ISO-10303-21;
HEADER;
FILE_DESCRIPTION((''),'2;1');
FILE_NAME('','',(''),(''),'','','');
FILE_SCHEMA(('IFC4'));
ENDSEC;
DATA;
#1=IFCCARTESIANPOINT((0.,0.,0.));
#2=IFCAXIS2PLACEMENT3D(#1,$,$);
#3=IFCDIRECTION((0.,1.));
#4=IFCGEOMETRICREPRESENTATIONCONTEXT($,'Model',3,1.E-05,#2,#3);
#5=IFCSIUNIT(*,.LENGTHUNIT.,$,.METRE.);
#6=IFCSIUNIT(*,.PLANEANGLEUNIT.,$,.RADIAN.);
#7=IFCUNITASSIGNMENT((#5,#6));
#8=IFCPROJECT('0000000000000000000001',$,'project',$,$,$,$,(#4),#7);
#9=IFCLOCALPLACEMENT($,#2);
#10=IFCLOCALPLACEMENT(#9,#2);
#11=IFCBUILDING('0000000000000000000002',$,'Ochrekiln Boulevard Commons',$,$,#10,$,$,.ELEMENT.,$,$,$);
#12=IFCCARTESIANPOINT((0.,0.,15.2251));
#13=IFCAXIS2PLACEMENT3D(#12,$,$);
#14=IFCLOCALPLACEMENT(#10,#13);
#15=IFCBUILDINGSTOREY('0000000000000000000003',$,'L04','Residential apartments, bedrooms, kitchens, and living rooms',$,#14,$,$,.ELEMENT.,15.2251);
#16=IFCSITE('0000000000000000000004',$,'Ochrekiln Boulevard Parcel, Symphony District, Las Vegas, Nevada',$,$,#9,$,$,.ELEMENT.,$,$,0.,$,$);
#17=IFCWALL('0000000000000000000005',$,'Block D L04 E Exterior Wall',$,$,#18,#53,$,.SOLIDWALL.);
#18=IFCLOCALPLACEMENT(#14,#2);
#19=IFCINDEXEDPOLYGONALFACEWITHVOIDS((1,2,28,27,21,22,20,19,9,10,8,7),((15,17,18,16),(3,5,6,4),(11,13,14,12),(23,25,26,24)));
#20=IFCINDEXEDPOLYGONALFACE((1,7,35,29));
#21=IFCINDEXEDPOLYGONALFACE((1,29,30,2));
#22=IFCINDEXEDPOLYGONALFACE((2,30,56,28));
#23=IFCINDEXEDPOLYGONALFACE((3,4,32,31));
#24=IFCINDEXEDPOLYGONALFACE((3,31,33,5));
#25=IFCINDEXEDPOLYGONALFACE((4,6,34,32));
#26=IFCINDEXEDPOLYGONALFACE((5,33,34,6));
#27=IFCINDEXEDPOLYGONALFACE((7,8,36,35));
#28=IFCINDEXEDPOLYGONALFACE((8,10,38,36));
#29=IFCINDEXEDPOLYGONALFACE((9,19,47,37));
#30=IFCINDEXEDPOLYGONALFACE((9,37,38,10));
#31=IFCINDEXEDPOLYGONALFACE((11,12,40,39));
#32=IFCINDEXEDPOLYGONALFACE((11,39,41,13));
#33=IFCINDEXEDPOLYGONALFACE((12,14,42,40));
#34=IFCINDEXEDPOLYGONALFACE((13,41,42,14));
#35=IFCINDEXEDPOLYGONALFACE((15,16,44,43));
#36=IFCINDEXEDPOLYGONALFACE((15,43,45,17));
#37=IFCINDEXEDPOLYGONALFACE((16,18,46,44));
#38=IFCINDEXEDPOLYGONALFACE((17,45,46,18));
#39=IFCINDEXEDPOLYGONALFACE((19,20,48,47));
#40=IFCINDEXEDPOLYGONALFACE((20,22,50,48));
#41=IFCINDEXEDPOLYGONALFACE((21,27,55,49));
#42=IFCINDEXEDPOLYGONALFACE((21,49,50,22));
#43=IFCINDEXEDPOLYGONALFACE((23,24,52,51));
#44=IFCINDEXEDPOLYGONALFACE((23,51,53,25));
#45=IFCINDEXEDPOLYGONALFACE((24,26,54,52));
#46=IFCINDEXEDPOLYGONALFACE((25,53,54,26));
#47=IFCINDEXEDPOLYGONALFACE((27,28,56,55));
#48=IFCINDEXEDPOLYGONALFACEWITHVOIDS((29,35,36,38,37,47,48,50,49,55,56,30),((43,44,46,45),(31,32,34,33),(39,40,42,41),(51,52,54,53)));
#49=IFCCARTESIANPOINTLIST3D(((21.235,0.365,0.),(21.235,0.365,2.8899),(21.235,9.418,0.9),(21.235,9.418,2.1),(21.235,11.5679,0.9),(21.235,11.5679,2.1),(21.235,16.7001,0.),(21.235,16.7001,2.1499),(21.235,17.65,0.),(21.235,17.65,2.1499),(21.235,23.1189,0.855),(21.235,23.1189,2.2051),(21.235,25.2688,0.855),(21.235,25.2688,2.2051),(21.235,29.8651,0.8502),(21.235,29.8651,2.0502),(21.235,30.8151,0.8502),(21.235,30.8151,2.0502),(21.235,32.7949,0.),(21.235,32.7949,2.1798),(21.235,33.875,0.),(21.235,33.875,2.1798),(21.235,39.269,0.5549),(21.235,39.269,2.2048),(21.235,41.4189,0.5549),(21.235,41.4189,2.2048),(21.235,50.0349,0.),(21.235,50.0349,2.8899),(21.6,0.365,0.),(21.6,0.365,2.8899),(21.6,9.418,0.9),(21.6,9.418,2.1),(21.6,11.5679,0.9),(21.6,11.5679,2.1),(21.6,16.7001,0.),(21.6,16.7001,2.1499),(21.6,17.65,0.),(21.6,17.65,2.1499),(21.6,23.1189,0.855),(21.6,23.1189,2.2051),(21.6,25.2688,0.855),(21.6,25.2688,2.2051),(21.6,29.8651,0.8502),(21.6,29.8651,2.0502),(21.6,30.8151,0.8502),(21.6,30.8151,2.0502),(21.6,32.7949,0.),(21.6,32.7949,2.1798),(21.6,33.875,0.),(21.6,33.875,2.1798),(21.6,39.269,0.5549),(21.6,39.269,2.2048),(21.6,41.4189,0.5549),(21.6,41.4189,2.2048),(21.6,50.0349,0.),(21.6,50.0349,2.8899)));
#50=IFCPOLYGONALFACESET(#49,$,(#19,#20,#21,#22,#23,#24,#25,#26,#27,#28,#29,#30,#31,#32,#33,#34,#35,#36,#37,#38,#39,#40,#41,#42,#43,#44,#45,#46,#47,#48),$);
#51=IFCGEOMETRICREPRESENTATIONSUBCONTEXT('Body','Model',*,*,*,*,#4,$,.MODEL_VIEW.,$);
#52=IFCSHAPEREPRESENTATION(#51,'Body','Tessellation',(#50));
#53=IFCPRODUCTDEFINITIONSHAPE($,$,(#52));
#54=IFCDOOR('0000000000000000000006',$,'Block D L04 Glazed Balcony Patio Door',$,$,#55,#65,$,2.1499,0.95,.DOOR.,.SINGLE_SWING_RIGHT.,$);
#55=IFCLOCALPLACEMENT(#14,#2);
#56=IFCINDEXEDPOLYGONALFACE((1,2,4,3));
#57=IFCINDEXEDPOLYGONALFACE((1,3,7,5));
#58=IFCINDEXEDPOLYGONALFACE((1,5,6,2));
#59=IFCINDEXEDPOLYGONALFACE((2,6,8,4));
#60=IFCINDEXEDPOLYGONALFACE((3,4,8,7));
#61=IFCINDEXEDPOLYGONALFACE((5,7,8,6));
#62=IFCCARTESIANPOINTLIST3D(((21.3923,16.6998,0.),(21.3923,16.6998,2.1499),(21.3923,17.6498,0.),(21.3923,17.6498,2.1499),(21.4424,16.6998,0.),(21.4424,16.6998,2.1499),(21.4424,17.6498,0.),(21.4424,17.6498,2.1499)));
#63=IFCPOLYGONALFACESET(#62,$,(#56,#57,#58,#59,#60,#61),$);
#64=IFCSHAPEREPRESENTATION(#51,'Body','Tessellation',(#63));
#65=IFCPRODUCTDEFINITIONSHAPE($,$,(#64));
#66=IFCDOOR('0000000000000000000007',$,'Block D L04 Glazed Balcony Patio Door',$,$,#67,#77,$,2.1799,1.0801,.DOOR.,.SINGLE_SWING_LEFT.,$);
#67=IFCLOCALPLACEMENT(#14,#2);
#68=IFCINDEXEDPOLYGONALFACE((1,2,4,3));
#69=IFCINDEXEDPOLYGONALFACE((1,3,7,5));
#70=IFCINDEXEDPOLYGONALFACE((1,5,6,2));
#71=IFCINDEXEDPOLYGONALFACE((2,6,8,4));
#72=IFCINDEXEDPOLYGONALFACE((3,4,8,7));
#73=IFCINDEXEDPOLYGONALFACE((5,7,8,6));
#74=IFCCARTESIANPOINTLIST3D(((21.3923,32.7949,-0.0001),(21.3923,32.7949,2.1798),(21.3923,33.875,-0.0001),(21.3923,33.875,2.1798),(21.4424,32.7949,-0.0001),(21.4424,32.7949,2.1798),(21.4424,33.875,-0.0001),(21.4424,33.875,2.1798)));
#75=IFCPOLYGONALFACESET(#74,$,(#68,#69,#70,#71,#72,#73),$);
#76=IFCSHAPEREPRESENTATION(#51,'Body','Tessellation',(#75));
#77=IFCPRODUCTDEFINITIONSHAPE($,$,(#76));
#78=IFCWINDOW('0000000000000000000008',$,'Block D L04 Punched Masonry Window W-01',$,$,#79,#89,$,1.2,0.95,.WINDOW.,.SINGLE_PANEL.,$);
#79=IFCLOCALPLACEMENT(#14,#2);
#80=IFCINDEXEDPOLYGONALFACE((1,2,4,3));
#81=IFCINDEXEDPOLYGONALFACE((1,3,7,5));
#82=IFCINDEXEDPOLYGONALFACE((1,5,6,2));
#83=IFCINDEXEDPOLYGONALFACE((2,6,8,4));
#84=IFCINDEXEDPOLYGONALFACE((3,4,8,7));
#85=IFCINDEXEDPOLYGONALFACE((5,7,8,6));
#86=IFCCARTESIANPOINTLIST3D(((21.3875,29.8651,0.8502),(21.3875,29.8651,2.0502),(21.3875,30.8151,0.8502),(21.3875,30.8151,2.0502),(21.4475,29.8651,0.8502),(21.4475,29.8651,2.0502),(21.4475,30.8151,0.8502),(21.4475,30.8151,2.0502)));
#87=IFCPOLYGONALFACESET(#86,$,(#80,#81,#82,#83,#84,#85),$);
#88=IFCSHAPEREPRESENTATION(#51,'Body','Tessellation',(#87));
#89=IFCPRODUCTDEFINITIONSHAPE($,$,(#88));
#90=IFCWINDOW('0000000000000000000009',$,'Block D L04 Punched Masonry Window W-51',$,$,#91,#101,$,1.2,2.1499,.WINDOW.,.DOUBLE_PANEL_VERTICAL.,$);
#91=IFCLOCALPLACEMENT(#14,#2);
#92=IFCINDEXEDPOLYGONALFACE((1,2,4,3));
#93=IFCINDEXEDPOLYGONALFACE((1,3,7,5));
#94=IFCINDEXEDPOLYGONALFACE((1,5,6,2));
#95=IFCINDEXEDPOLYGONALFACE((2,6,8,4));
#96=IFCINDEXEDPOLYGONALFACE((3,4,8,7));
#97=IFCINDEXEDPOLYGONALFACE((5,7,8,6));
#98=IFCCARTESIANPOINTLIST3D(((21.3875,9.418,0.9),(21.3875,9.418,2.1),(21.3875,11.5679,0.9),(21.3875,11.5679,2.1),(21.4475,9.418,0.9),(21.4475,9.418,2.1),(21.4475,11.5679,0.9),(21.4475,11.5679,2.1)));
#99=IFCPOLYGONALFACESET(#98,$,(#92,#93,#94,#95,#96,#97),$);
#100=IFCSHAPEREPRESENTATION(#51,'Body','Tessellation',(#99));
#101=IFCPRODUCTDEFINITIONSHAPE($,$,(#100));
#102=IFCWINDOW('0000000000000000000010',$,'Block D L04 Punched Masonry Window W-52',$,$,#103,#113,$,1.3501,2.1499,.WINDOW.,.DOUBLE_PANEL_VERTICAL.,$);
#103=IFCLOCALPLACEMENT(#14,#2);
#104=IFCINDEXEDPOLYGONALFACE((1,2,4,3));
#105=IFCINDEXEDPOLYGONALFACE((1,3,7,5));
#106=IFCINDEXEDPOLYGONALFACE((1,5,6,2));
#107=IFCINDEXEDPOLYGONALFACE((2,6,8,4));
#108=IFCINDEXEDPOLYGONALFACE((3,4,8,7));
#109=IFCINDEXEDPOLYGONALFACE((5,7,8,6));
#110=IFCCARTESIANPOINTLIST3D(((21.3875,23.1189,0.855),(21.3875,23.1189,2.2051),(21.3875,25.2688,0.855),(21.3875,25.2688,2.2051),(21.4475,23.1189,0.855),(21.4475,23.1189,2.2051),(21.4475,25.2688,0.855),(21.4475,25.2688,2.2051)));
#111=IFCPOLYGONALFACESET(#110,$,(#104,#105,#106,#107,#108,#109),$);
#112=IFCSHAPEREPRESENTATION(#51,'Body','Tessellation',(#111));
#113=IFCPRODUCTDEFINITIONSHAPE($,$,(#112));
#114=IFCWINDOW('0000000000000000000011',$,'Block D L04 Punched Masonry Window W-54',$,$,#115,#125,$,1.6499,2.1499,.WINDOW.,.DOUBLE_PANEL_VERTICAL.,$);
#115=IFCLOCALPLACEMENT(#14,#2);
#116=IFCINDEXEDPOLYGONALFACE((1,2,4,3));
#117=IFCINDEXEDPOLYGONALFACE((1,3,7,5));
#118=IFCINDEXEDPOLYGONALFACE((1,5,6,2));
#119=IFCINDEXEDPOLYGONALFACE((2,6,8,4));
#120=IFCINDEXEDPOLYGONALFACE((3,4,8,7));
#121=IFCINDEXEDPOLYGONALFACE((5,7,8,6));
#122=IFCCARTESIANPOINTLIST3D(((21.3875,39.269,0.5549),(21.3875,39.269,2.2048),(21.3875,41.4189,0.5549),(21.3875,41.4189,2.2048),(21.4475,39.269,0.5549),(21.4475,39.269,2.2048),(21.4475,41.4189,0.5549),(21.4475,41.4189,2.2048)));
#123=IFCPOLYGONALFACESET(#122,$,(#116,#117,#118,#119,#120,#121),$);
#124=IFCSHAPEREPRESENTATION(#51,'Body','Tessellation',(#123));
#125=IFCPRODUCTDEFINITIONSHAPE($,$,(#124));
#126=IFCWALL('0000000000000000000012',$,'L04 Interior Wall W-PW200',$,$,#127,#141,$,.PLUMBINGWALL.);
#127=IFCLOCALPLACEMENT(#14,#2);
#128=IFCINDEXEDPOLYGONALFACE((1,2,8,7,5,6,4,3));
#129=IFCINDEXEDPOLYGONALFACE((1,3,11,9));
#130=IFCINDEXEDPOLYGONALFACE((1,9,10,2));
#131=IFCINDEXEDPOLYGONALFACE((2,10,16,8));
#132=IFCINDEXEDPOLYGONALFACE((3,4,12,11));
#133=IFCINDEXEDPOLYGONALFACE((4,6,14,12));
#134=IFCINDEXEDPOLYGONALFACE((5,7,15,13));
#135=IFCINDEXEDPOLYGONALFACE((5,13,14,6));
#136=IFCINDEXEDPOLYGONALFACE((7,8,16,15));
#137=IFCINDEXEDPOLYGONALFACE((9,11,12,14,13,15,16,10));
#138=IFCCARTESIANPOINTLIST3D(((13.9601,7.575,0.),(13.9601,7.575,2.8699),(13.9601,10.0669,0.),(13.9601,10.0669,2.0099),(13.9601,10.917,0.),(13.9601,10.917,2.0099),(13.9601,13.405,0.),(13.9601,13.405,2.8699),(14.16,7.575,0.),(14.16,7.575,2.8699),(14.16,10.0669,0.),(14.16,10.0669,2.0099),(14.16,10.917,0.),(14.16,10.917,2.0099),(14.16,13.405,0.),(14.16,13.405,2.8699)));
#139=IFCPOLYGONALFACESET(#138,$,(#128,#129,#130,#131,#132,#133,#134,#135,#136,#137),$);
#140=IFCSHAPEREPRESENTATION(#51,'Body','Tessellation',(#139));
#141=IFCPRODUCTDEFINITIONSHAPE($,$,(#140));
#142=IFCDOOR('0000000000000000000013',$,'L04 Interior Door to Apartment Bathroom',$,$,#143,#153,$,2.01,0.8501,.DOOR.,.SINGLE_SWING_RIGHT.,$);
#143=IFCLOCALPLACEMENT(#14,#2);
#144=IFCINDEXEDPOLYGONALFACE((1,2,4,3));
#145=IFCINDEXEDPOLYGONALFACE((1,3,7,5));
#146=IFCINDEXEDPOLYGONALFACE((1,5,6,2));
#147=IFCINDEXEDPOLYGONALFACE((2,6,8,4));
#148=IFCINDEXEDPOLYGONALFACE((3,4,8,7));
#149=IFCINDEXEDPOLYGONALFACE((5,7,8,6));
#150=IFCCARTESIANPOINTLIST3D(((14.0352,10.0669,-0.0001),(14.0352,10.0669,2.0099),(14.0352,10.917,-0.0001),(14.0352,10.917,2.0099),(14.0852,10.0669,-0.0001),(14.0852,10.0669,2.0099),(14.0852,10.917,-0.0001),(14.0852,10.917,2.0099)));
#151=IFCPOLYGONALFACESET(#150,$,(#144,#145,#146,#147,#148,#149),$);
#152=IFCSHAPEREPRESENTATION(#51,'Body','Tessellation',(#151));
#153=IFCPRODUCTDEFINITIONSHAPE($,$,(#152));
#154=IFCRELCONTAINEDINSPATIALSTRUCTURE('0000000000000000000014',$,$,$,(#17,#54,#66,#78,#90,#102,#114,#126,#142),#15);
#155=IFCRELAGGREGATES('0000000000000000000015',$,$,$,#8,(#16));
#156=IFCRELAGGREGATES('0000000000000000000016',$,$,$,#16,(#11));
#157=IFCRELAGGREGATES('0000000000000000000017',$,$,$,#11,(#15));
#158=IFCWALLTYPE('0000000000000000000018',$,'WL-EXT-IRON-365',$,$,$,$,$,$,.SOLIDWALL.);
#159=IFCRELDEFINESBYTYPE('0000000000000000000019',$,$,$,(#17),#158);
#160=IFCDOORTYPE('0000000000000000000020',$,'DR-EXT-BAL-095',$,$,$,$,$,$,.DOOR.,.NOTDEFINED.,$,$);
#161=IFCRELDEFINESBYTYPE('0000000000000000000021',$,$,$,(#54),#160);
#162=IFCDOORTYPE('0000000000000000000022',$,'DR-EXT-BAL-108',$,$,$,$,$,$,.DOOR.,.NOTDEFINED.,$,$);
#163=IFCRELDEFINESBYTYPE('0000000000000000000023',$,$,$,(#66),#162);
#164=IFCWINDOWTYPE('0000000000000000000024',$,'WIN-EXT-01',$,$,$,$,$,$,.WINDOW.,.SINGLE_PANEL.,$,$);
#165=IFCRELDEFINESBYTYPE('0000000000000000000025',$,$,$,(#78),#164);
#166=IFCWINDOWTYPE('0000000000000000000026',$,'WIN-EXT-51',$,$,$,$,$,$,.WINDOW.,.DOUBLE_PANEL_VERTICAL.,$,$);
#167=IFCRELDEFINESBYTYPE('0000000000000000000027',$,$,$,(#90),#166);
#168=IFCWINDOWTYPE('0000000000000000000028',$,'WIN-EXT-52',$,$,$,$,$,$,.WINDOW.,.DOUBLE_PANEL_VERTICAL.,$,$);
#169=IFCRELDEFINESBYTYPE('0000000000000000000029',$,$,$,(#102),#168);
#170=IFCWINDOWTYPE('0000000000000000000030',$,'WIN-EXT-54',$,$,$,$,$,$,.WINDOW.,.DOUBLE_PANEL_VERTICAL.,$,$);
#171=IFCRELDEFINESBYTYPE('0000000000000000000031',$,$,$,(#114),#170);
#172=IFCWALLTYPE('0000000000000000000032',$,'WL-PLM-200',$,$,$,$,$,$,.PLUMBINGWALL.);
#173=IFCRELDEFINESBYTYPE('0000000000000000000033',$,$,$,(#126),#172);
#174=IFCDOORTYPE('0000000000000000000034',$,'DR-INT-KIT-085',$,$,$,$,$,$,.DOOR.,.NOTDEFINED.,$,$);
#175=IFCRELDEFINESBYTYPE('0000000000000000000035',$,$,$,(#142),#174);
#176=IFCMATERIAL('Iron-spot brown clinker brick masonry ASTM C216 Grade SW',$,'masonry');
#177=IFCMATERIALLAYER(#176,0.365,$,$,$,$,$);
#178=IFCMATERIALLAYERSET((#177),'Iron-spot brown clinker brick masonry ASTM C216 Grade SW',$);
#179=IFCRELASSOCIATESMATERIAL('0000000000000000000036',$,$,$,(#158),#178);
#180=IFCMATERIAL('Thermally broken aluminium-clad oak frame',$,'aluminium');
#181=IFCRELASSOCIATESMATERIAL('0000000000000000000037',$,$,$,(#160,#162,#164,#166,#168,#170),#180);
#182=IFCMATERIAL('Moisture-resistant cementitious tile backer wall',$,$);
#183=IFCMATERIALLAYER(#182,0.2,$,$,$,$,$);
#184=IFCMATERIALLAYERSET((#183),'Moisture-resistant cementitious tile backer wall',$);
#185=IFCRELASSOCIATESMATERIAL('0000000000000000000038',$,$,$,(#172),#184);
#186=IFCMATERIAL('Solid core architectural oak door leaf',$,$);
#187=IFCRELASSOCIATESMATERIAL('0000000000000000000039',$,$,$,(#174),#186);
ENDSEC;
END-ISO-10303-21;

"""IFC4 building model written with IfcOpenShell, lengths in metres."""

from ifc_helpers import new_model, si_unit, direction, frame, frame_2d, origin, place, context, subcontext, project, spatial, rectangle, extrude, material, layer, layer_set, type_object, element, fill, save


model = new_model("IFC4")

# Units and contexts
model_context = context("Model", 3, precision=1e-05, world=origin(), true_north=direction((0.0, 1.0)))
body_context = subcontext(model_context, "Body", "Model", "MODEL_VIEW")
ifc_project = project(units=[si_unit("LENGTHUNIT", "METRE"), si_unit("PLANEANGLEUNIT", "RADIAN")], contexts=[model_context])

# Site, building, storey
site_placement = place(None, origin())
site = spatial("IfcSite", under=ifc_project, at=site_placement, Name="Ochrekiln Boulevard Parcel, Symphony District, Las Vegas, Nevada", CompositionType="ELEMENT", RefElevation=0.0)
building_placement = place(site_placement, origin())
building = spatial("IfcBuilding", under=site, at=building_placement, Name="Ochrekiln Boulevard Commons", CompositionType="ELEMENT")
storey_placement = place(building_placement, frame((0.0, 0.0, 15.2251)))
storey = spatial("IfcBuildingStorey", under=building, at=storey_placement, Name="L04", Description="Residential apartments, bedrooms, kitchens, and living rooms", CompositionType="ELEMENT", Elevation=15.2251)

# Wall, openings, doors, windows
ifc_material_1 = material(Name="Iron-spot brown clinker brick masonry ASTM C216 Grade SW", Category="masonry")
ifc_layer_1 = layer(ifc_material_1, 0.365)
ifc_layer_set_1 = layer_set([ifc_layer_1], Name="Iron-spot brown clinker brick masonry ASTM C216 Grade SW")
wall_type_1 = type_object("IfcWallType", Name="WL-EXT-IRON-365", PredefinedType="SOLIDWALL", material=ifc_layer_set_1)
wall_1_placement = place(storey_placement, frame((21.4175, 0.365, 0.0), z_axis=(0.0, 0.0, 1.0), x_axis=(0.0, 1.0, 0.0)))
wall_1 = element("IfcWall", 1, at=wall_1_placement, inside=storey, type_object=wall_type_1, Name="Block D L04 E Exterior Wall", PredefinedType="SOLIDWALL", context=body_context, shape_type="SweptSolid", body=[
    extrude(rectangle(XDim=49.6699, YDim=0.365, at=frame_2d((24.835, 0.0))), origin(), (0.0, 0.0, 1.0), 2.8899),
])
opening_1_placement = place(wall_1_placement, frame((16.335, 0.0, 0.0)))
opening_1 = element("IfcOpeningElement", 2, at=opening_1_placement, cuts=wall_1, PredefinedType="OPENING", context=body_context, shape_type="SweptSolid", body=[
    extrude(rectangle(XDim=0.95, YDim=2.1499, at=frame_2d((0.4751, 1.075))), frame((0.0, 0.1924, 0.0), z_axis=(0.0, -1.0, 0.0), x_axis=(1.0, 0.0, 0.0)), (0.0, 0.0, 1.0), 0.385),
])
opening_2_placement = place(wall_1_placement, frame((9.053, 0.0, 0.8999)))
opening_2 = element("IfcOpeningElement", 3, at=opening_2_placement, cuts=wall_1, PredefinedType="OPENING", context=body_context, shape_type="SweptSolid", body=[
    extrude(rectangle(XDim=2.1499, YDim=1.2, at=frame_2d((1.075, 0.6001))), frame((0.0, 0.1924, 0.0), z_axis=(0.0, -1.0, 0.0), x_axis=(1.0, 0.0, 0.0)), (0.0, 0.0, 1.0), 0.385),
])
opening_3_placement = place(wall_1_placement, frame((22.7539, 0.0, 0.855)))
opening_3 = element("IfcOpeningElement", 4, at=opening_3_placement, cuts=wall_1, PredefinedType="OPENING", context=body_context, shape_type="SweptSolid", body=[
    extrude(rectangle(XDim=2.1499, YDim=1.3501, at=frame_2d((1.075, 0.675))), frame((0.0, 0.1924, 0.0), z_axis=(0.0, -1.0, 0.0), x_axis=(1.0, 0.0, 0.0)), (0.0, 0.0, 1.0), 0.385),
])
opening_4_placement = place(wall_1_placement, frame((32.4299, 0.0, 0.0)))
opening_4 = element("IfcOpeningElement", 5, at=opening_4_placement, cuts=wall_1, PredefinedType="OPENING", context=body_context, shape_type="SweptSolid", body=[
    extrude(rectangle(XDim=1.0801, YDim=2.1799, at=frame_2d((0.54, 1.0898))), frame((0.0, 0.1924, 0.0), z_axis=(0.0, -1.0, 0.0), x_axis=(1.0, 0.0, 0.0)), (0.0, 0.0, 1.0), 0.385),
])
opening_5_placement = place(wall_1_placement, frame((29.5, 0.0, 0.8501)))
opening_5 = element("IfcOpeningElement", 6, at=opening_5_placement, cuts=wall_1, PredefinedType="OPENING", context=body_context, shape_type="SweptSolid", body=[
    extrude(rectangle(XDim=0.95, YDim=1.2, at=frame_2d((0.4751, 0.6001))), frame((0.0, 0.1924, 0.0), z_axis=(0.0, -1.0, 0.0), x_axis=(1.0, 0.0, 0.0)), (0.0, 0.0, 1.0), 0.385),
])
opening_6_placement = place(wall_1_placement, frame((38.9041, 0.0, 0.5549)))
opening_6 = element("IfcOpeningElement", 7, at=opening_6_placement, cuts=wall_1, PredefinedType="OPENING", context=body_context, shape_type="SweptSolid", body=[
    extrude(rectangle(XDim=2.1499, YDim=1.6499, at=frame_2d((1.075, 0.825))), frame((0.0, 0.1924, 0.0), z_axis=(0.0, -1.0, 0.0), x_axis=(1.0, 0.0, 0.0)), (0.0, 0.0, 1.0), 0.385),
])
ifc_material_2 = material(Name="Thermally broken aluminium-clad oak frame", Category="aluminium")
door_type_1 = type_object("IfcDoorType", Name="DR-EXT-BAL-095", OperationType="NOTDEFINED", PredefinedType="DOOR", material=ifc_material_2)
door_1_placement = place(opening_1_placement, frame((0.95, 0.0, 0.0), z_axis=(0.0, 0.0, 1.0), x_axis=(-1.0, 0.0, 0.0)))
door_1 = element("IfcDoor", 8, at=door_1_placement, inside=storey, type_object=door_type_1, Name="Block D L04 Glazed Balcony Patio Door", OperationType="SINGLE_SWING_RIGHT", OverallHeight=2.1499, OverallWidth=0.95, PredefinedType="DOOR", context=body_context, shape_type="SweptSolid", body=[
    extrude(rectangle(XDim=0.95, YDim=2.1499, at=frame_2d((0.4751, 1.075))), frame((0.0, 0.0249, 0.0), z_axis=(0.0, -1.0, 0.0), x_axis=(1.0, 0.0, 0.0)), (0.0, 0.0, 1.0), 0.05),
])
fill(opening_1, door_1)
door_type_2 = type_object("IfcDoorType", Name="DR-EXT-BAL-108", OperationType="NOTDEFINED", PredefinedType="DOOR", material=ifc_material_2)
door_2_placement = place(opening_4_placement, frame((1.0801, 0.0, 0.0), z_axis=(0.0, 0.0, 1.0), x_axis=(-1.0, 0.0, 0.0)))
door_2 = element("IfcDoor", 9, at=door_2_placement, inside=storey, type_object=door_type_2, Name="Block D L04 Glazed Balcony Patio Door", OperationType="SINGLE_SWING_LEFT", OverallHeight=2.1799, OverallWidth=1.0801, PredefinedType="DOOR", context=body_context, shape_type="SweptSolid", body=[
    extrude(rectangle(XDim=1.0801, YDim=2.1799, at=frame_2d((0.54, 1.0898))), frame((0.0, 0.0249, 0.0), z_axis=(0.0, -1.0, 0.0), x_axis=(1.0, 0.0, 0.0)), (0.0, 0.0, 1.0), 0.05),
])
fill(opening_4, door_2)
window_type_1 = type_object("IfcWindowType", Name="WIN-EXT-01", PartitioningType="SINGLE_PANEL", PredefinedType="WINDOW", material=ifc_material_2)
window_1_placement = place(opening_5_placement, origin())
window_1 = element("IfcWindow", 10, at=window_1_placement, inside=storey, type_object=window_type_1, Name="Block D L04 Punched Masonry Window W-01", OverallHeight=1.2, OverallWidth=0.95, PartitioningType="SINGLE_PANEL", PredefinedType="WINDOW", context=body_context, shape_type="SweptSolid", body=[
    extrude(rectangle(XDim=0.95, YDim=1.2, at=frame_2d((0.4751, 0.6001))), frame((0.0, 0.03, 0.0), z_axis=(0.0, -1.0, 0.0), x_axis=(1.0, 0.0, 0.0)), (0.0, 0.0, 1.0), 0.0601),
])
fill(opening_5, window_1)
window_type_2 = type_object("IfcWindowType", Name="WIN-EXT-51", PartitioningType="DOUBLE_PANEL_VERTICAL", PredefinedType="WINDOW", material=ifc_material_2)
window_2_placement = place(opening_2_placement, origin())
window_2 = element("IfcWindow", 11, at=window_2_placement, inside=storey, type_object=window_type_2, Name="Block D L04 Punched Masonry Window W-51", OverallHeight=1.2, OverallWidth=2.1499, PartitioningType="DOUBLE_PANEL_VERTICAL", PredefinedType="WINDOW", context=body_context, shape_type="SweptSolid", body=[
    extrude(rectangle(XDim=2.1499, YDim=1.2, at=frame_2d((1.075, 0.6001))), frame((0.0, 0.03, 0.0), z_axis=(0.0, -1.0, 0.0), x_axis=(1.0, 0.0, 0.0)), (0.0, 0.0, 1.0), 0.0601),
])
fill(opening_2, window_2)
window_type_3 = type_object("IfcWindowType", Name="WIN-EXT-52", PartitioningType="DOUBLE_PANEL_VERTICAL", PredefinedType="WINDOW", material=ifc_material_2)
window_3_placement = place(opening_3_placement, origin())
window_3 = element("IfcWindow", 12, at=window_3_placement, inside=storey, type_object=window_type_3, Name="Block D L04 Punched Masonry Window W-52", OverallHeight=1.3501, OverallWidth=2.1499, PartitioningType="DOUBLE_PANEL_VERTICAL", PredefinedType="WINDOW", context=body_context, shape_type="SweptSolid", body=[
    extrude(rectangle(XDim=2.1499, YDim=1.3501, at=frame_2d((1.075, 0.675))), frame((0.0, 0.03, 0.0), z_axis=(0.0, -1.0, 0.0), x_axis=(1.0, 0.0, 0.0)), (0.0, 0.0, 1.0), 0.0601),
])
fill(opening_3, window_3)
window_type_4 = type_object("IfcWindowType", Name="WIN-EXT-54", PartitioningType="DOUBLE_PANEL_VERTICAL", PredefinedType="WINDOW", material=ifc_material_2)
window_4_placement = place(opening_6_placement, origin())
window_4 = element("IfcWindow", 13, at=window_4_placement, inside=storey, type_object=window_type_4, Name="Block D L04 Punched Masonry Window W-54", OverallHeight=1.6499, OverallWidth=2.1499, PartitioningType="DOUBLE_PANEL_VERTICAL", PredefinedType="WINDOW", context=body_context, shape_type="SweptSolid", body=[
    extrude(rectangle(XDim=2.1499, YDim=1.6499, at=frame_2d((1.075, 0.825))), frame((0.0, 0.03, 0.0), z_axis=(0.0, -1.0, 0.0), x_axis=(1.0, 0.0, 0.0)), (0.0, 0.0, 1.0), 0.0601),
])
fill(opening_6, window_4)

# Wall, opening, door
ifc_material_3 = material(Name="Moisture-resistant cementitious tile backer wall")
ifc_layer_2 = layer(ifc_material_3, 0.2)
ifc_layer_set_2 = layer_set([ifc_layer_2], Name="Moisture-resistant cementitious tile backer wall")
wall_type_2 = type_object("IfcWallType", Name="WL-PLM-200", PredefinedType="PLUMBINGWALL", material=ifc_layer_set_2)
wall_2_placement = place(storey_placement, frame((14.0601, 7.575, 0.0), z_axis=(0.0, 0.0, 1.0), x_axis=(0.0, 1.0, 0.0)))
wall_2 = element("IfcWall", 14, at=wall_2_placement, inside=storey, type_object=wall_type_2, Name="L04 Interior Wall W-PW200", PredefinedType="PLUMBINGWALL", context=body_context, shape_type="SweptSolid", body=[
    extrude(rectangle(XDim=5.8301, YDim=0.2, at=frame_2d((2.915, 0.0))), origin(), (0.0, 0.0, 1.0), 2.8699),
])
opening_7_placement = place(wall_2_placement, frame((2.4919, 0.0, 0.0)))
opening_7 = element("IfcOpeningElement", 15, at=opening_7_placement, cuts=wall_2, PredefinedType="OPENING", context=body_context, shape_type="SweptSolid", body=[
    extrude(rectangle(XDim=0.8501, YDim=2.01, at=frame_2d((0.425, 1.0049))), frame((0.0, 0.1099, 0.0), z_axis=(0.0, -1.0, 0.0), x_axis=(1.0, 0.0, 0.0)), (0.0, 0.0, 1.0), 0.22),
])
ifc_material_4 = material(Name="Solid core architectural oak door leaf")
door_type_3 = type_object("IfcDoorType", Name="DR-INT-KIT-085", OperationType="NOTDEFINED", PredefinedType="DOOR", material=ifc_material_4)
door_3_placement = place(opening_7_placement, origin())
door_3 = element("IfcDoor", 16, at=door_3_placement, inside=storey, type_object=door_type_3, Name="L04 Interior Door to Apartment Bathroom", OperationType="SINGLE_SWING_RIGHT", OverallHeight=2.01, OverallWidth=0.8501, PredefinedType="DOOR", context=body_context, shape_type="SweptSolid", body=[
    extrude(rectangle(XDim=0.8501, YDim=2.01, at=frame_2d((0.425, 1.0049))), frame((0.0, 0.0249, 0.0), z_axis=(0.0, -1.0, 0.0), x_axis=(1.0, 0.0, 0.0)), (0.0, 0.0, 1.0), 0.05),
])
fill(opening_7, door_3)

save(model, "model.ifc")
